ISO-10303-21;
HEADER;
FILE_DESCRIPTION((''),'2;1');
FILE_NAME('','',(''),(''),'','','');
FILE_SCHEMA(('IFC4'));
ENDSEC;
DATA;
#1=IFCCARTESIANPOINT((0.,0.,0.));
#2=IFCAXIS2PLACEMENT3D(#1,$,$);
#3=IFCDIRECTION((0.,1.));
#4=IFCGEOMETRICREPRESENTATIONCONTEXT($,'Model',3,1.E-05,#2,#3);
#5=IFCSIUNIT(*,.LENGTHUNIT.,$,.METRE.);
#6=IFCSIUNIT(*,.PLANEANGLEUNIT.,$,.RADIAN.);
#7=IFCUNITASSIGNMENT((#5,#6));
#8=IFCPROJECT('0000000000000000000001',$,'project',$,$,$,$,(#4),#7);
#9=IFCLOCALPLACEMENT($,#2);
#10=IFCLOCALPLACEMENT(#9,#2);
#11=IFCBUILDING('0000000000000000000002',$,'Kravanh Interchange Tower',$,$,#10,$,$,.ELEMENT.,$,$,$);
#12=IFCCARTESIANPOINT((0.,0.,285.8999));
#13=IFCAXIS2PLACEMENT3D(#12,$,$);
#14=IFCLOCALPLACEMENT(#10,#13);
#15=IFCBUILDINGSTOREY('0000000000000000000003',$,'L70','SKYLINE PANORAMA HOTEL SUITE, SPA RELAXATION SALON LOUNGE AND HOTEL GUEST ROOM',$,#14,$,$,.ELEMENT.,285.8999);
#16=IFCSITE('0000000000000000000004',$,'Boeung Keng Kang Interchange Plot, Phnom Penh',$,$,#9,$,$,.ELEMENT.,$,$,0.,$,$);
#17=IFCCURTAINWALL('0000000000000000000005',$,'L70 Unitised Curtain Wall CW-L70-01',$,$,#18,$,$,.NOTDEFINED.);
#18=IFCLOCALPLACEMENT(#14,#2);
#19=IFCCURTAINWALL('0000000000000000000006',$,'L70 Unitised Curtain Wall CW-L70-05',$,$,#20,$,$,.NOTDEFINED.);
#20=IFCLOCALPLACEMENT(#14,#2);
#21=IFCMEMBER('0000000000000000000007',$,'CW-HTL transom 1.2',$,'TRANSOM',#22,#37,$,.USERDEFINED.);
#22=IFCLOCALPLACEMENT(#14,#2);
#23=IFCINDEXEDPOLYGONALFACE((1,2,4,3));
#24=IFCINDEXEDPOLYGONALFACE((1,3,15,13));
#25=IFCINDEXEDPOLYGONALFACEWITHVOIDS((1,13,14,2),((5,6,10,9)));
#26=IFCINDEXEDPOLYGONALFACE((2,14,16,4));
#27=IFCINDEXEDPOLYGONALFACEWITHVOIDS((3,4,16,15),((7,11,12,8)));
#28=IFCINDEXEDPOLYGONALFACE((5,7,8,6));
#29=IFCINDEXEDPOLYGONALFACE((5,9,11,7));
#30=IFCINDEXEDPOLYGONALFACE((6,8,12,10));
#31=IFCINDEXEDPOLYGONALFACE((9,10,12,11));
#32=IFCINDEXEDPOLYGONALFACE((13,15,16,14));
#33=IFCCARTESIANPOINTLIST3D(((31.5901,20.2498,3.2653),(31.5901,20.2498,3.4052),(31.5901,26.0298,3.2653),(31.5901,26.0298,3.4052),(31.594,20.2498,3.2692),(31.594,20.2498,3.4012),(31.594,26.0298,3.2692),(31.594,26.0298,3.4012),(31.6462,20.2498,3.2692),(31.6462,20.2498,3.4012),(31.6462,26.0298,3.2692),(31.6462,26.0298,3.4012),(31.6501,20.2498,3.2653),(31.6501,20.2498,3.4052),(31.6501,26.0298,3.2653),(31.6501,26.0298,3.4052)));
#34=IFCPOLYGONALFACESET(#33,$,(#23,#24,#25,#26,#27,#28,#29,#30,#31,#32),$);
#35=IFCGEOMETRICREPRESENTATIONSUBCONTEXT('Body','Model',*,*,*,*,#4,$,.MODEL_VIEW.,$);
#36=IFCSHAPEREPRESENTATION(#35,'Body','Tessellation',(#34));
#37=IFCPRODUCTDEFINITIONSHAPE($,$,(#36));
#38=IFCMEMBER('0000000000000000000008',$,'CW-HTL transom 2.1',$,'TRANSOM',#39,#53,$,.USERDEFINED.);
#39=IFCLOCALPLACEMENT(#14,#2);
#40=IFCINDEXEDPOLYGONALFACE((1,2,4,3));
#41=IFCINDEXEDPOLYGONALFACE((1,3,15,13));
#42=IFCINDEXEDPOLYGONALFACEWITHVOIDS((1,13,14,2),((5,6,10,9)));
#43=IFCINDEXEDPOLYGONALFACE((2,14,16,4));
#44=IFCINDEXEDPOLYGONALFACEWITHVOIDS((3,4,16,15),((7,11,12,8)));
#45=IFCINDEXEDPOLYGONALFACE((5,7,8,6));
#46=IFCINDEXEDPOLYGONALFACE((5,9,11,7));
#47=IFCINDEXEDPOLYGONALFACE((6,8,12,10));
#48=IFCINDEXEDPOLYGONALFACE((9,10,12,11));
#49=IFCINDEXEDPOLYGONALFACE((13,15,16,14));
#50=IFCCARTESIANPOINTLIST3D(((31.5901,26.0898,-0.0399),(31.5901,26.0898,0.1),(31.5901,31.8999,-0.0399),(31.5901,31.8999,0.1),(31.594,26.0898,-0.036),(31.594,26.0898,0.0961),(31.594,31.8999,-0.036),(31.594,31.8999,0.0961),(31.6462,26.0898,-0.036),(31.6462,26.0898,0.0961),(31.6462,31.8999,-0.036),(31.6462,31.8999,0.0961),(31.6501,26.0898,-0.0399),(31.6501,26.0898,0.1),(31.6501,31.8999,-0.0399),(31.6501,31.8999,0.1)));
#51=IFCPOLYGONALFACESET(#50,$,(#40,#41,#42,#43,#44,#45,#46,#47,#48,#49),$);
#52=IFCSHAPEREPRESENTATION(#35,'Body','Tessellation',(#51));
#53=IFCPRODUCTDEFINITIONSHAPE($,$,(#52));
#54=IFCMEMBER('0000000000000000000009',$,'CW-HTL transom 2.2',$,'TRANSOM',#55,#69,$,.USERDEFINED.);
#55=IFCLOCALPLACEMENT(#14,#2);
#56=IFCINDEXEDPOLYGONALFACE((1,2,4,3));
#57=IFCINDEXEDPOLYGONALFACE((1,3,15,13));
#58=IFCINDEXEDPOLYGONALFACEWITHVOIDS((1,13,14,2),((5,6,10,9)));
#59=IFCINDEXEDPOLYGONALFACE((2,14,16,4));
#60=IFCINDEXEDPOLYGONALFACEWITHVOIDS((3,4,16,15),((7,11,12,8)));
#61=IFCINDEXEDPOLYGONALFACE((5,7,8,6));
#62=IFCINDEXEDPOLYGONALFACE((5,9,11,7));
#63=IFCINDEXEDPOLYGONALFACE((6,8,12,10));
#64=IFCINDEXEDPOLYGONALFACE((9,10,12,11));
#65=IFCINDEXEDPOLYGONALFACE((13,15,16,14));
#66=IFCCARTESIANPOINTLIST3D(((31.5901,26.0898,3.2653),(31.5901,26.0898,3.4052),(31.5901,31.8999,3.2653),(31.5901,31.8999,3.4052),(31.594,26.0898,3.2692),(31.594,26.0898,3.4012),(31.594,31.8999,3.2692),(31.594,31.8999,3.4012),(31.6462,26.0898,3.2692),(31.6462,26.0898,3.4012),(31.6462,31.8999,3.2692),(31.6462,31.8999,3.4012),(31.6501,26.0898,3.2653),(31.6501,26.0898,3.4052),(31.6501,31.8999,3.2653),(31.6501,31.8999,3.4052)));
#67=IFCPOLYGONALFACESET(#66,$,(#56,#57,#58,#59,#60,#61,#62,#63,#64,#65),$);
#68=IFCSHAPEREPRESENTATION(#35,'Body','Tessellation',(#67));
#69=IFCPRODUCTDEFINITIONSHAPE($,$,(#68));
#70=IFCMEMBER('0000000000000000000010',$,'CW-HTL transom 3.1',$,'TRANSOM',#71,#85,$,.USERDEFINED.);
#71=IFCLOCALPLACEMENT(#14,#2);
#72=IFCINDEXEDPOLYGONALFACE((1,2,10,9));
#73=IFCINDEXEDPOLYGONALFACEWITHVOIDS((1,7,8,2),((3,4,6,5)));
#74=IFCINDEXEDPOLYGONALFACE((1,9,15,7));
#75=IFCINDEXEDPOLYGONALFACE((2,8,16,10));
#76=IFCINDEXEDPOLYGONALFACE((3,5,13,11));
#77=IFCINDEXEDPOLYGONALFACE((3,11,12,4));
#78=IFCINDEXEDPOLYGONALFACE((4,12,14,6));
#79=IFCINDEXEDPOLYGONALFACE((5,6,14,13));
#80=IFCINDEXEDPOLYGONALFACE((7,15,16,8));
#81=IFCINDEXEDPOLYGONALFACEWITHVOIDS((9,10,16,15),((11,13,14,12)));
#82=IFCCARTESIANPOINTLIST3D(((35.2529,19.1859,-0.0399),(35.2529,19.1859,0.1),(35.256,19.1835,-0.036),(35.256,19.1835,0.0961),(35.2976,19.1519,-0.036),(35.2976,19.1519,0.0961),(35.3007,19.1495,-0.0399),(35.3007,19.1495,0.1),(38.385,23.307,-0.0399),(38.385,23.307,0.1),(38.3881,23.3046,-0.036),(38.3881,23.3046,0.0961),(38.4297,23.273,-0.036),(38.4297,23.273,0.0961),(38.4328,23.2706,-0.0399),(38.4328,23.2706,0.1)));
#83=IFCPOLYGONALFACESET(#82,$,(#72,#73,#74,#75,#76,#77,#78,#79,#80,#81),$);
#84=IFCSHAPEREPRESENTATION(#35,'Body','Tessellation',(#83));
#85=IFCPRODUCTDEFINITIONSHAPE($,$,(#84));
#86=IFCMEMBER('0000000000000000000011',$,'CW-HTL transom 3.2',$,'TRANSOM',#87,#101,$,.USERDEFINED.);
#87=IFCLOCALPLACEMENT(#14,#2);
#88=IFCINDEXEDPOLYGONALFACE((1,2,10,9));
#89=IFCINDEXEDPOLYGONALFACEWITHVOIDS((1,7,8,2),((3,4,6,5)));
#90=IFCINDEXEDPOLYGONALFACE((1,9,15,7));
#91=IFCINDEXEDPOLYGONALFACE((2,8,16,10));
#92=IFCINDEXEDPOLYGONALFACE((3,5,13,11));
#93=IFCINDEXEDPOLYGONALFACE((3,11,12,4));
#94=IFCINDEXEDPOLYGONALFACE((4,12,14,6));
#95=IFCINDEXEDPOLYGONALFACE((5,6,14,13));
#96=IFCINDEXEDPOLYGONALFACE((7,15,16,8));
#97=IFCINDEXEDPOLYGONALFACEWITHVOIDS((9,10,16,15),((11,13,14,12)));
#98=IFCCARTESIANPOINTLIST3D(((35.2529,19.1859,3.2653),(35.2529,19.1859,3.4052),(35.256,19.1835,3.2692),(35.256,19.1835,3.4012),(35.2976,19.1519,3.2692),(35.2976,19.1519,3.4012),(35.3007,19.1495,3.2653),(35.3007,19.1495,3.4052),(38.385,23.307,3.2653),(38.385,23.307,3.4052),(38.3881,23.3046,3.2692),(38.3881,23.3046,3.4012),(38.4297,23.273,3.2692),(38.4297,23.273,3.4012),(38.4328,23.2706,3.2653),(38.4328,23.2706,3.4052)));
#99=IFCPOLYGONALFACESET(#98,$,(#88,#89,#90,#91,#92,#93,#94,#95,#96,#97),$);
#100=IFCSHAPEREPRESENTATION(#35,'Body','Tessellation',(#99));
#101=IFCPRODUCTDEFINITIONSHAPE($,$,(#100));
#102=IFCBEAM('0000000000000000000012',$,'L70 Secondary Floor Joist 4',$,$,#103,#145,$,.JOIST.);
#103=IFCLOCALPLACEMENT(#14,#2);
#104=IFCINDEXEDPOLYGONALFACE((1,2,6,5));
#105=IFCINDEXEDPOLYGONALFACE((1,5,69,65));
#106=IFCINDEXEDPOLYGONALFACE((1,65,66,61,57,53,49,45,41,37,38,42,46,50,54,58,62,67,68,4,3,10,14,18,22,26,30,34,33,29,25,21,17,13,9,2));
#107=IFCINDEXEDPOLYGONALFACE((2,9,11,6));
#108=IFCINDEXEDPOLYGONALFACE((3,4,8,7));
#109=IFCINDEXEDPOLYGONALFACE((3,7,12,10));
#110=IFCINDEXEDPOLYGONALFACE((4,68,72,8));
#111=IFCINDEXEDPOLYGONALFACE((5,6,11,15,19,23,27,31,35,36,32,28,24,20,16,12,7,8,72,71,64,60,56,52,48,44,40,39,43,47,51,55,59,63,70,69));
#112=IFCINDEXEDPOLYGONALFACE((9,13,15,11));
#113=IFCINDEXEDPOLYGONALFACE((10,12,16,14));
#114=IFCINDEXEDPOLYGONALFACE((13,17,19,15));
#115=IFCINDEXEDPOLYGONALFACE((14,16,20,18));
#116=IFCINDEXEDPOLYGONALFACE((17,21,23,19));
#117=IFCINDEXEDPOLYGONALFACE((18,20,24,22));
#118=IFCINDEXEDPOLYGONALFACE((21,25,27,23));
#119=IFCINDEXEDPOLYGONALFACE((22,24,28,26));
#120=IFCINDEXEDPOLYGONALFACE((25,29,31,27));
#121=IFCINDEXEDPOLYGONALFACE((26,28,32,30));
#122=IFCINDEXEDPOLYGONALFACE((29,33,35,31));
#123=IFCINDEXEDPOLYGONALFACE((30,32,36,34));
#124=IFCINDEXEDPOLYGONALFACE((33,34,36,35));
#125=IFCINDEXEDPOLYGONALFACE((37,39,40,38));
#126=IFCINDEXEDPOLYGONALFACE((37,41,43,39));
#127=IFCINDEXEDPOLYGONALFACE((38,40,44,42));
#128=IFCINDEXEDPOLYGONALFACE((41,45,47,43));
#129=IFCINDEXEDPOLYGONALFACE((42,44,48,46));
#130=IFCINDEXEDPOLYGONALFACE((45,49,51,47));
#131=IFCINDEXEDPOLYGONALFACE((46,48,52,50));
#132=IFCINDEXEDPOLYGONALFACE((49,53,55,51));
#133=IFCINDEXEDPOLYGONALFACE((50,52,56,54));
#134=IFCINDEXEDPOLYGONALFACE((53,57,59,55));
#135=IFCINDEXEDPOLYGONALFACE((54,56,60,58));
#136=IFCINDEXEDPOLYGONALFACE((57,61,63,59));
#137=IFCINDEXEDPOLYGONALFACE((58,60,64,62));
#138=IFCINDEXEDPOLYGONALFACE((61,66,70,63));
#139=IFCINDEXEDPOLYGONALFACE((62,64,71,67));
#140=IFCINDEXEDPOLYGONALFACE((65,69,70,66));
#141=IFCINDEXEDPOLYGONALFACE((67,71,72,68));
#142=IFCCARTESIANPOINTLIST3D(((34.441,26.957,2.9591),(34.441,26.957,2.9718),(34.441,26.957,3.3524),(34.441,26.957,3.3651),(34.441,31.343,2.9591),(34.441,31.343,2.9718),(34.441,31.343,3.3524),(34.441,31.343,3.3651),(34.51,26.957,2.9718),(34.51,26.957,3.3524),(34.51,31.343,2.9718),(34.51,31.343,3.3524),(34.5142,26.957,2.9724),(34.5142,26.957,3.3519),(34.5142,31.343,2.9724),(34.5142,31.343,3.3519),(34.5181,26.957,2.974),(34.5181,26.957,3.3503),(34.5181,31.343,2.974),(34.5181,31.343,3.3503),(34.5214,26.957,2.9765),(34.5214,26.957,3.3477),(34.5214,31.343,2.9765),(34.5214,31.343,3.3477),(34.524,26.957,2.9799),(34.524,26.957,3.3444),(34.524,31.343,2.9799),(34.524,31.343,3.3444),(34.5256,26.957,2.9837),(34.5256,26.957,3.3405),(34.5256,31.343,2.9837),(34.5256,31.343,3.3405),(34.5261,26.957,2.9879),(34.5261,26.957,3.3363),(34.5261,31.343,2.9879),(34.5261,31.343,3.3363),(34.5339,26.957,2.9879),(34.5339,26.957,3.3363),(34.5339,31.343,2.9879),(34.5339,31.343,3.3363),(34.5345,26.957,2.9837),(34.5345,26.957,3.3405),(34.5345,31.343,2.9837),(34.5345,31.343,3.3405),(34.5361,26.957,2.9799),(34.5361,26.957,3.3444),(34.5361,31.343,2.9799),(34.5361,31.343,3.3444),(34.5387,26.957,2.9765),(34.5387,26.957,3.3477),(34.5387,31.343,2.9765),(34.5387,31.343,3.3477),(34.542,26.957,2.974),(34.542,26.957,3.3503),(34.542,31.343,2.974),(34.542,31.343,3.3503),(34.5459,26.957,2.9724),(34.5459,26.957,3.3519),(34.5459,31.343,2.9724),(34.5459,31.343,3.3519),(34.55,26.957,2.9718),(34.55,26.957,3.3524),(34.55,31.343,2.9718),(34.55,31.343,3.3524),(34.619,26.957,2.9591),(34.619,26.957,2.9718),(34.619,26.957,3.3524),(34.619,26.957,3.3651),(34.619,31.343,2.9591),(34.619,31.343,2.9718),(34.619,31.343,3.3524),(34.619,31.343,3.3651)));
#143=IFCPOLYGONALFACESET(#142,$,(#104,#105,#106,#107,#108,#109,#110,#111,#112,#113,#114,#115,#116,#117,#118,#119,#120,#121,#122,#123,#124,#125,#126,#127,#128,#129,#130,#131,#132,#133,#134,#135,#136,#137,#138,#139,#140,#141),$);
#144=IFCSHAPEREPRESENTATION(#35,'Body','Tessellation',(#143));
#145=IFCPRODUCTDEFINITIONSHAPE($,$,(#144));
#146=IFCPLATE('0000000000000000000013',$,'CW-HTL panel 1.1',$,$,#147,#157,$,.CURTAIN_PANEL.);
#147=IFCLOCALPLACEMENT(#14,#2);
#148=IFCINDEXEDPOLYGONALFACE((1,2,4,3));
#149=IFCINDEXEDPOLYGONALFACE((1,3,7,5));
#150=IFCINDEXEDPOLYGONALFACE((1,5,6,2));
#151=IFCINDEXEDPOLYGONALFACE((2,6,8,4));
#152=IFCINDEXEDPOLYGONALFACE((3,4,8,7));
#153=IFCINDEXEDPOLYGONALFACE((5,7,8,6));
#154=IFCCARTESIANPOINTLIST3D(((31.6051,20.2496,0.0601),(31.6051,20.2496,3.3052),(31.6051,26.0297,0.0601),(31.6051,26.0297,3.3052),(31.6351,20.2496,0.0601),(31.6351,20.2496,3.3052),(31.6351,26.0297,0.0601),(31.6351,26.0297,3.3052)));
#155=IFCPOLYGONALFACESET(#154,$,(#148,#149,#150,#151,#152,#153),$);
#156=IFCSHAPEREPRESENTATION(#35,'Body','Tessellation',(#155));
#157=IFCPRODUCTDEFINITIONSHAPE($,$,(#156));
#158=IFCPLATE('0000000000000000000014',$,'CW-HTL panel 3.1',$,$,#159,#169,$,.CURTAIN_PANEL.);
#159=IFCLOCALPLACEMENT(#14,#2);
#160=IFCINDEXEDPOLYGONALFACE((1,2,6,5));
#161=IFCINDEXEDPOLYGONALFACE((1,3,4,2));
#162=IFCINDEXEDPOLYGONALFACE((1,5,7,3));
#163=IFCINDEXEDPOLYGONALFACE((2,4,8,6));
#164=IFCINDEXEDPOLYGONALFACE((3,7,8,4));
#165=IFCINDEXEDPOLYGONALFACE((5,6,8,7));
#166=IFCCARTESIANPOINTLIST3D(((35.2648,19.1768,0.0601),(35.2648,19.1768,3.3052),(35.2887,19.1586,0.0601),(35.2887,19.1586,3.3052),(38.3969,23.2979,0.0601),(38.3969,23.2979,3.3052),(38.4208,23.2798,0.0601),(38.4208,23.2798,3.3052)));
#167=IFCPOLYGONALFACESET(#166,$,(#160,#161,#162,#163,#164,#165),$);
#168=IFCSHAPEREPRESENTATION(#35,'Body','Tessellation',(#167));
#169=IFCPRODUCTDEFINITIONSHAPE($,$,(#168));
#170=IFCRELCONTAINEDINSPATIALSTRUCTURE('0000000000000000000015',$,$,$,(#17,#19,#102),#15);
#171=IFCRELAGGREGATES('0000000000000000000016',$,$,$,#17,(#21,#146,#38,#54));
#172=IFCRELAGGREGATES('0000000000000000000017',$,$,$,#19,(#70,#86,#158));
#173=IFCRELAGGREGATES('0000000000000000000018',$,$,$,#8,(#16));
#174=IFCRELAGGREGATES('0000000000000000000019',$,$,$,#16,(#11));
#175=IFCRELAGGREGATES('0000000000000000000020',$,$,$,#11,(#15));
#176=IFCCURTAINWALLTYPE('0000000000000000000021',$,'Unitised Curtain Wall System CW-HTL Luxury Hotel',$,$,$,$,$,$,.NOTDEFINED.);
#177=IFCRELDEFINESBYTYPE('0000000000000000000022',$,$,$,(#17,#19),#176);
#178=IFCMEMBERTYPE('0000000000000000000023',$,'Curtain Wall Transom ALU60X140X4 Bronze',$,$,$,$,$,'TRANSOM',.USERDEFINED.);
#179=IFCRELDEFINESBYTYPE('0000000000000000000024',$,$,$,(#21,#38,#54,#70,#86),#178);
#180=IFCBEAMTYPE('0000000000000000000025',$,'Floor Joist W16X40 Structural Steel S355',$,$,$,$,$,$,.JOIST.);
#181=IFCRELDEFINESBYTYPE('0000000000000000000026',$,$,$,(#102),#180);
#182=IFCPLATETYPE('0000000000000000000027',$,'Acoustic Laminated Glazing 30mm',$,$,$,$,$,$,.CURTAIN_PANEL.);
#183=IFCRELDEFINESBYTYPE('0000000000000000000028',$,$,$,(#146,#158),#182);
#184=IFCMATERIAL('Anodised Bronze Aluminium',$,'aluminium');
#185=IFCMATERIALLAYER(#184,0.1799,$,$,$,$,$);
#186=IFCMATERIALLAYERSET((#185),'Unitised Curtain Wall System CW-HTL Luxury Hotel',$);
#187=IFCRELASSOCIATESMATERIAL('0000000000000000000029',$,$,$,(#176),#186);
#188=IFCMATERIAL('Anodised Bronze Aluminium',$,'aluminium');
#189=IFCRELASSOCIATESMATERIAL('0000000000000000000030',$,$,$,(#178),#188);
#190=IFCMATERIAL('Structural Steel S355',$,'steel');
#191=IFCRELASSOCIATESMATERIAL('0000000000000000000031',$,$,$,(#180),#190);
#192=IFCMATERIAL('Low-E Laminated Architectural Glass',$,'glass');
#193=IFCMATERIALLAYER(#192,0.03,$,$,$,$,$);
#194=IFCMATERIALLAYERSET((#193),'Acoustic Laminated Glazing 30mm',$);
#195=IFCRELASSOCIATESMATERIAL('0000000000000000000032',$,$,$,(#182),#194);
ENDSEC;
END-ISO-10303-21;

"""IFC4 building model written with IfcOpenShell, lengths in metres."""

from ifc_helpers import new_model, si_unit, direction, frame, origin, origin_2d, place, context, subcontext, project, spatial, rectangle, hollow_rectangle, i_section, extrude, material, layer, layer_set, material_profile, profile_set, type_object, element, aggregate, save


model = new_model("IFC4")

# Units and contexts
model_context = context("Model", 3, precision=1e-05, world=origin(), true_north=direction((0.0, 1.0)))
body_context = subcontext(model_context, "Body", "Model", "MODEL_VIEW")
ifc_project = project(units=[si_unit("LENGTHUNIT", "METRE"), si_unit("PLANEANGLEUNIT", "RADIAN")], contexts=[model_context])

# Site, building, storey
site_placement = place(None, origin())
site = spatial("IfcSite", under=ifc_project, at=site_placement, Name="Boeung Keng Kang Interchange Plot, Phnom Penh", CompositionType="ELEMENT", RefElevation=0.0)
building_placement = place(site_placement, origin())
building = spatial("IfcBuilding", under=site, at=building_placement, Name="Kravanh Interchange Tower", CompositionType="ELEMENT")
storey_placement = place(building_placement, frame((0.0, 0.0, 285.8999)))
storey = spatial("IfcBuildingStorey", under=building, at=storey_placement, Name="L70", Description="SKYLINE PANORAMA HOTEL SUITE, SPA RELAXATION SALON LOUNGE AND HOTEL GUEST ROOM", CompositionType="ELEMENT", Elevation=285.8999)

# Curtain walls
ifc_material_1 = material(Name="Anodised Bronze Aluminium", Category="aluminium")
ifc_layer_1 = layer(ifc_material_1, 0.1799)
ifc_layer_set_1 = layer_set([ifc_layer_1], Name="Unitised Curtain Wall System CW-HTL Luxury Hotel")
curtain_wall_type = type_object("IfcCurtainWallType", Name="Unitised Curtain Wall System CW-HTL Luxury Hotel", PredefinedType="NOTDEFINED", material=ifc_layer_set_1)
curtain_wall_1_placement = place(storey_placement, origin())
curtain_wall_1 = element("IfcCurtainWall", 1, at=curtain_wall_1_placement, inside=storey, type_object=curtain_wall_type, Name="L70 Unitised Curtain Wall CW-L70-01", PredefinedType="NOTDEFINED")
curtain_wall_2_placement = place(storey_placement, origin())
curtain_wall_2 = element("IfcCurtainWall", 2, at=curtain_wall_2_placement, inside=storey, type_object=curtain_wall_type, Name="L70 Unitised Curtain Wall CW-L70-05", PredefinedType="NOTDEFINED")

# Members
ifc_material_2 = material(Name="Anodised Bronze Aluminium", Category="aluminium")
ifc_material_profile_1 = material_profile(ifc_material_2, hollow_rectangle(XDim=0.0601, YDim=0.1399, WallThickness=0.0039, at=origin_2d()), Name="ALU60X140X4")
ifc_profile_set_1 = profile_set([ifc_material_profile_1], Name="Anodised Bronze Aluminium")
member_type_1 = type_object("IfcMemberType", Name="Curtain Wall Transom ALU60X140X4 Bronze", ElementType="TRANSOM", PredefinedType="USERDEFINED", material=ifc_profile_set_1)
member_1_placement = place(storey_placement, frame((31.6201, 20.2498, 3.3352), z_axis=(0.0, 1.0, 0.0), x_axis=(-1.0, 0.0, 0.0)))
member_1 = element("IfcMember", 3, at=member_1_placement, type_object=member_type_1, Name="CW-HTL transom 1.2", ObjectType="TRANSOM", PredefinedType="USERDEFINED", context=body_context, shape_type="SweptSolid", body=[
    extrude(hollow_rectangle(XDim=0.0601, YDim=0.1399, WallThickness=0.0039, at=origin_2d()), origin(), (0.0, 0.0, 1.0), 5.78),
])
member_2_placement = place(storey_placement, frame((31.6201, 26.0898, 0.03), z_axis=(0.0, 1.0, 0.0), x_axis=(-1.0, 0.0, 0.0)))
member_2 = element("IfcMember", 4, at=member_2_placement, type_object=member_type_1, Name="CW-HTL transom 2.1", ObjectType="TRANSOM", PredefinedType="USERDEFINED", context=body_context, shape_type="SweptSolid", body=[
    extrude(hollow_rectangle(XDim=0.0601, YDim=0.1399, WallThickness=0.0039, at=origin_2d()), origin(), (0.0, 0.0, 1.0), 5.8101),
])
member_3_placement = place(storey_placement, frame((31.6201, 26.0898, 3.3352), z_axis=(0.0, 1.0, 0.0), x_axis=(-1.0, 0.0, 0.0)))
member_3 = element("IfcMember", 5, at=member_3_placement, type_object=member_type_1, Name="CW-HTL transom 2.2", ObjectType="TRANSOM", PredefinedType="USERDEFINED", context=body_context, shape_type="SweptSolid", body=[
    extrude(hollow_rectangle(XDim=0.0601, YDim=0.1399, WallThickness=0.0039, at=origin_2d()), origin(), (0.0, 0.0, 1.0), 5.8101),
])
member_4_placement = place(storey_placement, frame((38.4089, 23.2888, 0.03), z_axis=(-0.605089, -0.796158, 0.0), x_axis=(0.796158, -0.605089, 0.0)))
member_4 = element("IfcMember", 6, at=member_4_placement, type_object=member_type_1, Name="CW-HTL transom 3.1", ObjectType="TRANSOM", PredefinedType="USERDEFINED", context=body_context, shape_type="SweptSolid", body=[
    extrude(hollow_rectangle(XDim=0.0601, YDim=0.1399, WallThickness=0.0039, at=origin_2d()), origin(), (0.0, 0.0, 1.0), 5.1763),
])
member_5_placement = place(storey_placement, frame((38.4089, 23.2888, 3.3352), z_axis=(-0.605089, -0.796158, 0.0), x_axis=(0.796158, -0.605089, 0.0)))
member_5 = element("IfcMember", 7, at=member_5_placement, type_object=member_type_1, Name="CW-HTL transom 3.2", ObjectType="TRANSOM", PredefinedType="USERDEFINED", context=body_context, shape_type="SweptSolid", body=[
    extrude(hollow_rectangle(XDim=0.0601, YDim=0.1399, WallThickness=0.0039, at=origin_2d()), origin(), (0.0, 0.0, 1.0), 5.1763),
])

# Beam
ifc_material_3 = material(Name="Structural Steel S355", Category="steel")
ifc_material_profile_2 = material_profile(ifc_material_3, i_section(OverallWidth=0.178, OverallDepth=0.406, WebThickness=0.0078, FlangeThickness=0.0127, FilletRadius=0.0161, at=origin_2d()), Name="W16X40")
ifc_profile_set_2 = profile_set([ifc_material_profile_2], Name="Structural Steel S355")
beam_type = type_object("IfcBeamType", Name="Floor Joist W16X40 Structural Steel S355", PredefinedType="JOIST", material=ifc_profile_set_2)
beam_placement = place(storey_placement, frame((34.53, 26.957, 3.1621), z_axis=(0.0, 1.0, 0.0), x_axis=(-1.0, 0.0, 0.0)))
element("IfcBeam", 8, at=beam_placement, inside=storey, type_object=beam_type, Name="L70 Secondary Floor Joist 4", PredefinedType="JOIST", context=body_context, shape_type="SweptSolid", body=[
    extrude(i_section(OverallWidth=0.178, OverallDepth=0.406, WebThickness=0.0078, FlangeThickness=0.0127, FilletRadius=0.0161, at=origin_2d()), origin(), (0.0, 0.0, 1.0), 4.386),
])

# Plates
ifc_material_4 = material(Name="Low-E Laminated Architectural Glass", Category="glass")
ifc_layer_2 = layer(ifc_material_4, 0.03)
ifc_layer_set_2 = layer_set([ifc_layer_2], Name="Acoustic Laminated Glazing 30mm")
plate_type = type_object("IfcPlateType", Name="Acoustic Laminated Glazing 30mm", PredefinedType="CURTAIN_PANEL", material=ifc_layer_set_2)
plate_1_placement = place(storey_placement, frame((31.6201, 23.1396, 0.0601), z_axis=(0.0, 0.0, 1.0), x_axis=(0.0, 1.0, 0.0)))
plate_1 = element("IfcPlate", 9, at=plate_1_placement, type_object=plate_type, Name="CW-HTL panel 1.1", PredefinedType="CURTAIN_PANEL", context=body_context, shape_type="SweptSolid", body=[
    extrude(rectangle(XDim=5.78, YDim=0.03, at=origin_2d()), origin(), (0.0, 0.0, 1.0), 3.2451),
])
aggregate(curtain_wall_1, [member_1, plate_1, member_2, member_3])
plate_2_placement = place(storey_placement, frame((36.8428, 21.2283, 0.0601), z_axis=(0.0, 0.0, 1.0), x_axis=(-0.605083, -0.796162, 0.0)))
plate_2 = element("IfcPlate", 10, at=plate_2_placement, type_object=plate_type, Name="CW-HTL panel 3.1", PredefinedType="CURTAIN_PANEL", context=body_context, shape_type="SweptSolid", body=[
    extrude(rectangle(XDim=5.1763, YDim=0.03, at=origin_2d()), origin(), (0.0, 0.0, 1.0), 3.2451),
])
aggregate(curtain_wall_2, [member_4, member_5, plate_2])

save(model, "model.ifc")
